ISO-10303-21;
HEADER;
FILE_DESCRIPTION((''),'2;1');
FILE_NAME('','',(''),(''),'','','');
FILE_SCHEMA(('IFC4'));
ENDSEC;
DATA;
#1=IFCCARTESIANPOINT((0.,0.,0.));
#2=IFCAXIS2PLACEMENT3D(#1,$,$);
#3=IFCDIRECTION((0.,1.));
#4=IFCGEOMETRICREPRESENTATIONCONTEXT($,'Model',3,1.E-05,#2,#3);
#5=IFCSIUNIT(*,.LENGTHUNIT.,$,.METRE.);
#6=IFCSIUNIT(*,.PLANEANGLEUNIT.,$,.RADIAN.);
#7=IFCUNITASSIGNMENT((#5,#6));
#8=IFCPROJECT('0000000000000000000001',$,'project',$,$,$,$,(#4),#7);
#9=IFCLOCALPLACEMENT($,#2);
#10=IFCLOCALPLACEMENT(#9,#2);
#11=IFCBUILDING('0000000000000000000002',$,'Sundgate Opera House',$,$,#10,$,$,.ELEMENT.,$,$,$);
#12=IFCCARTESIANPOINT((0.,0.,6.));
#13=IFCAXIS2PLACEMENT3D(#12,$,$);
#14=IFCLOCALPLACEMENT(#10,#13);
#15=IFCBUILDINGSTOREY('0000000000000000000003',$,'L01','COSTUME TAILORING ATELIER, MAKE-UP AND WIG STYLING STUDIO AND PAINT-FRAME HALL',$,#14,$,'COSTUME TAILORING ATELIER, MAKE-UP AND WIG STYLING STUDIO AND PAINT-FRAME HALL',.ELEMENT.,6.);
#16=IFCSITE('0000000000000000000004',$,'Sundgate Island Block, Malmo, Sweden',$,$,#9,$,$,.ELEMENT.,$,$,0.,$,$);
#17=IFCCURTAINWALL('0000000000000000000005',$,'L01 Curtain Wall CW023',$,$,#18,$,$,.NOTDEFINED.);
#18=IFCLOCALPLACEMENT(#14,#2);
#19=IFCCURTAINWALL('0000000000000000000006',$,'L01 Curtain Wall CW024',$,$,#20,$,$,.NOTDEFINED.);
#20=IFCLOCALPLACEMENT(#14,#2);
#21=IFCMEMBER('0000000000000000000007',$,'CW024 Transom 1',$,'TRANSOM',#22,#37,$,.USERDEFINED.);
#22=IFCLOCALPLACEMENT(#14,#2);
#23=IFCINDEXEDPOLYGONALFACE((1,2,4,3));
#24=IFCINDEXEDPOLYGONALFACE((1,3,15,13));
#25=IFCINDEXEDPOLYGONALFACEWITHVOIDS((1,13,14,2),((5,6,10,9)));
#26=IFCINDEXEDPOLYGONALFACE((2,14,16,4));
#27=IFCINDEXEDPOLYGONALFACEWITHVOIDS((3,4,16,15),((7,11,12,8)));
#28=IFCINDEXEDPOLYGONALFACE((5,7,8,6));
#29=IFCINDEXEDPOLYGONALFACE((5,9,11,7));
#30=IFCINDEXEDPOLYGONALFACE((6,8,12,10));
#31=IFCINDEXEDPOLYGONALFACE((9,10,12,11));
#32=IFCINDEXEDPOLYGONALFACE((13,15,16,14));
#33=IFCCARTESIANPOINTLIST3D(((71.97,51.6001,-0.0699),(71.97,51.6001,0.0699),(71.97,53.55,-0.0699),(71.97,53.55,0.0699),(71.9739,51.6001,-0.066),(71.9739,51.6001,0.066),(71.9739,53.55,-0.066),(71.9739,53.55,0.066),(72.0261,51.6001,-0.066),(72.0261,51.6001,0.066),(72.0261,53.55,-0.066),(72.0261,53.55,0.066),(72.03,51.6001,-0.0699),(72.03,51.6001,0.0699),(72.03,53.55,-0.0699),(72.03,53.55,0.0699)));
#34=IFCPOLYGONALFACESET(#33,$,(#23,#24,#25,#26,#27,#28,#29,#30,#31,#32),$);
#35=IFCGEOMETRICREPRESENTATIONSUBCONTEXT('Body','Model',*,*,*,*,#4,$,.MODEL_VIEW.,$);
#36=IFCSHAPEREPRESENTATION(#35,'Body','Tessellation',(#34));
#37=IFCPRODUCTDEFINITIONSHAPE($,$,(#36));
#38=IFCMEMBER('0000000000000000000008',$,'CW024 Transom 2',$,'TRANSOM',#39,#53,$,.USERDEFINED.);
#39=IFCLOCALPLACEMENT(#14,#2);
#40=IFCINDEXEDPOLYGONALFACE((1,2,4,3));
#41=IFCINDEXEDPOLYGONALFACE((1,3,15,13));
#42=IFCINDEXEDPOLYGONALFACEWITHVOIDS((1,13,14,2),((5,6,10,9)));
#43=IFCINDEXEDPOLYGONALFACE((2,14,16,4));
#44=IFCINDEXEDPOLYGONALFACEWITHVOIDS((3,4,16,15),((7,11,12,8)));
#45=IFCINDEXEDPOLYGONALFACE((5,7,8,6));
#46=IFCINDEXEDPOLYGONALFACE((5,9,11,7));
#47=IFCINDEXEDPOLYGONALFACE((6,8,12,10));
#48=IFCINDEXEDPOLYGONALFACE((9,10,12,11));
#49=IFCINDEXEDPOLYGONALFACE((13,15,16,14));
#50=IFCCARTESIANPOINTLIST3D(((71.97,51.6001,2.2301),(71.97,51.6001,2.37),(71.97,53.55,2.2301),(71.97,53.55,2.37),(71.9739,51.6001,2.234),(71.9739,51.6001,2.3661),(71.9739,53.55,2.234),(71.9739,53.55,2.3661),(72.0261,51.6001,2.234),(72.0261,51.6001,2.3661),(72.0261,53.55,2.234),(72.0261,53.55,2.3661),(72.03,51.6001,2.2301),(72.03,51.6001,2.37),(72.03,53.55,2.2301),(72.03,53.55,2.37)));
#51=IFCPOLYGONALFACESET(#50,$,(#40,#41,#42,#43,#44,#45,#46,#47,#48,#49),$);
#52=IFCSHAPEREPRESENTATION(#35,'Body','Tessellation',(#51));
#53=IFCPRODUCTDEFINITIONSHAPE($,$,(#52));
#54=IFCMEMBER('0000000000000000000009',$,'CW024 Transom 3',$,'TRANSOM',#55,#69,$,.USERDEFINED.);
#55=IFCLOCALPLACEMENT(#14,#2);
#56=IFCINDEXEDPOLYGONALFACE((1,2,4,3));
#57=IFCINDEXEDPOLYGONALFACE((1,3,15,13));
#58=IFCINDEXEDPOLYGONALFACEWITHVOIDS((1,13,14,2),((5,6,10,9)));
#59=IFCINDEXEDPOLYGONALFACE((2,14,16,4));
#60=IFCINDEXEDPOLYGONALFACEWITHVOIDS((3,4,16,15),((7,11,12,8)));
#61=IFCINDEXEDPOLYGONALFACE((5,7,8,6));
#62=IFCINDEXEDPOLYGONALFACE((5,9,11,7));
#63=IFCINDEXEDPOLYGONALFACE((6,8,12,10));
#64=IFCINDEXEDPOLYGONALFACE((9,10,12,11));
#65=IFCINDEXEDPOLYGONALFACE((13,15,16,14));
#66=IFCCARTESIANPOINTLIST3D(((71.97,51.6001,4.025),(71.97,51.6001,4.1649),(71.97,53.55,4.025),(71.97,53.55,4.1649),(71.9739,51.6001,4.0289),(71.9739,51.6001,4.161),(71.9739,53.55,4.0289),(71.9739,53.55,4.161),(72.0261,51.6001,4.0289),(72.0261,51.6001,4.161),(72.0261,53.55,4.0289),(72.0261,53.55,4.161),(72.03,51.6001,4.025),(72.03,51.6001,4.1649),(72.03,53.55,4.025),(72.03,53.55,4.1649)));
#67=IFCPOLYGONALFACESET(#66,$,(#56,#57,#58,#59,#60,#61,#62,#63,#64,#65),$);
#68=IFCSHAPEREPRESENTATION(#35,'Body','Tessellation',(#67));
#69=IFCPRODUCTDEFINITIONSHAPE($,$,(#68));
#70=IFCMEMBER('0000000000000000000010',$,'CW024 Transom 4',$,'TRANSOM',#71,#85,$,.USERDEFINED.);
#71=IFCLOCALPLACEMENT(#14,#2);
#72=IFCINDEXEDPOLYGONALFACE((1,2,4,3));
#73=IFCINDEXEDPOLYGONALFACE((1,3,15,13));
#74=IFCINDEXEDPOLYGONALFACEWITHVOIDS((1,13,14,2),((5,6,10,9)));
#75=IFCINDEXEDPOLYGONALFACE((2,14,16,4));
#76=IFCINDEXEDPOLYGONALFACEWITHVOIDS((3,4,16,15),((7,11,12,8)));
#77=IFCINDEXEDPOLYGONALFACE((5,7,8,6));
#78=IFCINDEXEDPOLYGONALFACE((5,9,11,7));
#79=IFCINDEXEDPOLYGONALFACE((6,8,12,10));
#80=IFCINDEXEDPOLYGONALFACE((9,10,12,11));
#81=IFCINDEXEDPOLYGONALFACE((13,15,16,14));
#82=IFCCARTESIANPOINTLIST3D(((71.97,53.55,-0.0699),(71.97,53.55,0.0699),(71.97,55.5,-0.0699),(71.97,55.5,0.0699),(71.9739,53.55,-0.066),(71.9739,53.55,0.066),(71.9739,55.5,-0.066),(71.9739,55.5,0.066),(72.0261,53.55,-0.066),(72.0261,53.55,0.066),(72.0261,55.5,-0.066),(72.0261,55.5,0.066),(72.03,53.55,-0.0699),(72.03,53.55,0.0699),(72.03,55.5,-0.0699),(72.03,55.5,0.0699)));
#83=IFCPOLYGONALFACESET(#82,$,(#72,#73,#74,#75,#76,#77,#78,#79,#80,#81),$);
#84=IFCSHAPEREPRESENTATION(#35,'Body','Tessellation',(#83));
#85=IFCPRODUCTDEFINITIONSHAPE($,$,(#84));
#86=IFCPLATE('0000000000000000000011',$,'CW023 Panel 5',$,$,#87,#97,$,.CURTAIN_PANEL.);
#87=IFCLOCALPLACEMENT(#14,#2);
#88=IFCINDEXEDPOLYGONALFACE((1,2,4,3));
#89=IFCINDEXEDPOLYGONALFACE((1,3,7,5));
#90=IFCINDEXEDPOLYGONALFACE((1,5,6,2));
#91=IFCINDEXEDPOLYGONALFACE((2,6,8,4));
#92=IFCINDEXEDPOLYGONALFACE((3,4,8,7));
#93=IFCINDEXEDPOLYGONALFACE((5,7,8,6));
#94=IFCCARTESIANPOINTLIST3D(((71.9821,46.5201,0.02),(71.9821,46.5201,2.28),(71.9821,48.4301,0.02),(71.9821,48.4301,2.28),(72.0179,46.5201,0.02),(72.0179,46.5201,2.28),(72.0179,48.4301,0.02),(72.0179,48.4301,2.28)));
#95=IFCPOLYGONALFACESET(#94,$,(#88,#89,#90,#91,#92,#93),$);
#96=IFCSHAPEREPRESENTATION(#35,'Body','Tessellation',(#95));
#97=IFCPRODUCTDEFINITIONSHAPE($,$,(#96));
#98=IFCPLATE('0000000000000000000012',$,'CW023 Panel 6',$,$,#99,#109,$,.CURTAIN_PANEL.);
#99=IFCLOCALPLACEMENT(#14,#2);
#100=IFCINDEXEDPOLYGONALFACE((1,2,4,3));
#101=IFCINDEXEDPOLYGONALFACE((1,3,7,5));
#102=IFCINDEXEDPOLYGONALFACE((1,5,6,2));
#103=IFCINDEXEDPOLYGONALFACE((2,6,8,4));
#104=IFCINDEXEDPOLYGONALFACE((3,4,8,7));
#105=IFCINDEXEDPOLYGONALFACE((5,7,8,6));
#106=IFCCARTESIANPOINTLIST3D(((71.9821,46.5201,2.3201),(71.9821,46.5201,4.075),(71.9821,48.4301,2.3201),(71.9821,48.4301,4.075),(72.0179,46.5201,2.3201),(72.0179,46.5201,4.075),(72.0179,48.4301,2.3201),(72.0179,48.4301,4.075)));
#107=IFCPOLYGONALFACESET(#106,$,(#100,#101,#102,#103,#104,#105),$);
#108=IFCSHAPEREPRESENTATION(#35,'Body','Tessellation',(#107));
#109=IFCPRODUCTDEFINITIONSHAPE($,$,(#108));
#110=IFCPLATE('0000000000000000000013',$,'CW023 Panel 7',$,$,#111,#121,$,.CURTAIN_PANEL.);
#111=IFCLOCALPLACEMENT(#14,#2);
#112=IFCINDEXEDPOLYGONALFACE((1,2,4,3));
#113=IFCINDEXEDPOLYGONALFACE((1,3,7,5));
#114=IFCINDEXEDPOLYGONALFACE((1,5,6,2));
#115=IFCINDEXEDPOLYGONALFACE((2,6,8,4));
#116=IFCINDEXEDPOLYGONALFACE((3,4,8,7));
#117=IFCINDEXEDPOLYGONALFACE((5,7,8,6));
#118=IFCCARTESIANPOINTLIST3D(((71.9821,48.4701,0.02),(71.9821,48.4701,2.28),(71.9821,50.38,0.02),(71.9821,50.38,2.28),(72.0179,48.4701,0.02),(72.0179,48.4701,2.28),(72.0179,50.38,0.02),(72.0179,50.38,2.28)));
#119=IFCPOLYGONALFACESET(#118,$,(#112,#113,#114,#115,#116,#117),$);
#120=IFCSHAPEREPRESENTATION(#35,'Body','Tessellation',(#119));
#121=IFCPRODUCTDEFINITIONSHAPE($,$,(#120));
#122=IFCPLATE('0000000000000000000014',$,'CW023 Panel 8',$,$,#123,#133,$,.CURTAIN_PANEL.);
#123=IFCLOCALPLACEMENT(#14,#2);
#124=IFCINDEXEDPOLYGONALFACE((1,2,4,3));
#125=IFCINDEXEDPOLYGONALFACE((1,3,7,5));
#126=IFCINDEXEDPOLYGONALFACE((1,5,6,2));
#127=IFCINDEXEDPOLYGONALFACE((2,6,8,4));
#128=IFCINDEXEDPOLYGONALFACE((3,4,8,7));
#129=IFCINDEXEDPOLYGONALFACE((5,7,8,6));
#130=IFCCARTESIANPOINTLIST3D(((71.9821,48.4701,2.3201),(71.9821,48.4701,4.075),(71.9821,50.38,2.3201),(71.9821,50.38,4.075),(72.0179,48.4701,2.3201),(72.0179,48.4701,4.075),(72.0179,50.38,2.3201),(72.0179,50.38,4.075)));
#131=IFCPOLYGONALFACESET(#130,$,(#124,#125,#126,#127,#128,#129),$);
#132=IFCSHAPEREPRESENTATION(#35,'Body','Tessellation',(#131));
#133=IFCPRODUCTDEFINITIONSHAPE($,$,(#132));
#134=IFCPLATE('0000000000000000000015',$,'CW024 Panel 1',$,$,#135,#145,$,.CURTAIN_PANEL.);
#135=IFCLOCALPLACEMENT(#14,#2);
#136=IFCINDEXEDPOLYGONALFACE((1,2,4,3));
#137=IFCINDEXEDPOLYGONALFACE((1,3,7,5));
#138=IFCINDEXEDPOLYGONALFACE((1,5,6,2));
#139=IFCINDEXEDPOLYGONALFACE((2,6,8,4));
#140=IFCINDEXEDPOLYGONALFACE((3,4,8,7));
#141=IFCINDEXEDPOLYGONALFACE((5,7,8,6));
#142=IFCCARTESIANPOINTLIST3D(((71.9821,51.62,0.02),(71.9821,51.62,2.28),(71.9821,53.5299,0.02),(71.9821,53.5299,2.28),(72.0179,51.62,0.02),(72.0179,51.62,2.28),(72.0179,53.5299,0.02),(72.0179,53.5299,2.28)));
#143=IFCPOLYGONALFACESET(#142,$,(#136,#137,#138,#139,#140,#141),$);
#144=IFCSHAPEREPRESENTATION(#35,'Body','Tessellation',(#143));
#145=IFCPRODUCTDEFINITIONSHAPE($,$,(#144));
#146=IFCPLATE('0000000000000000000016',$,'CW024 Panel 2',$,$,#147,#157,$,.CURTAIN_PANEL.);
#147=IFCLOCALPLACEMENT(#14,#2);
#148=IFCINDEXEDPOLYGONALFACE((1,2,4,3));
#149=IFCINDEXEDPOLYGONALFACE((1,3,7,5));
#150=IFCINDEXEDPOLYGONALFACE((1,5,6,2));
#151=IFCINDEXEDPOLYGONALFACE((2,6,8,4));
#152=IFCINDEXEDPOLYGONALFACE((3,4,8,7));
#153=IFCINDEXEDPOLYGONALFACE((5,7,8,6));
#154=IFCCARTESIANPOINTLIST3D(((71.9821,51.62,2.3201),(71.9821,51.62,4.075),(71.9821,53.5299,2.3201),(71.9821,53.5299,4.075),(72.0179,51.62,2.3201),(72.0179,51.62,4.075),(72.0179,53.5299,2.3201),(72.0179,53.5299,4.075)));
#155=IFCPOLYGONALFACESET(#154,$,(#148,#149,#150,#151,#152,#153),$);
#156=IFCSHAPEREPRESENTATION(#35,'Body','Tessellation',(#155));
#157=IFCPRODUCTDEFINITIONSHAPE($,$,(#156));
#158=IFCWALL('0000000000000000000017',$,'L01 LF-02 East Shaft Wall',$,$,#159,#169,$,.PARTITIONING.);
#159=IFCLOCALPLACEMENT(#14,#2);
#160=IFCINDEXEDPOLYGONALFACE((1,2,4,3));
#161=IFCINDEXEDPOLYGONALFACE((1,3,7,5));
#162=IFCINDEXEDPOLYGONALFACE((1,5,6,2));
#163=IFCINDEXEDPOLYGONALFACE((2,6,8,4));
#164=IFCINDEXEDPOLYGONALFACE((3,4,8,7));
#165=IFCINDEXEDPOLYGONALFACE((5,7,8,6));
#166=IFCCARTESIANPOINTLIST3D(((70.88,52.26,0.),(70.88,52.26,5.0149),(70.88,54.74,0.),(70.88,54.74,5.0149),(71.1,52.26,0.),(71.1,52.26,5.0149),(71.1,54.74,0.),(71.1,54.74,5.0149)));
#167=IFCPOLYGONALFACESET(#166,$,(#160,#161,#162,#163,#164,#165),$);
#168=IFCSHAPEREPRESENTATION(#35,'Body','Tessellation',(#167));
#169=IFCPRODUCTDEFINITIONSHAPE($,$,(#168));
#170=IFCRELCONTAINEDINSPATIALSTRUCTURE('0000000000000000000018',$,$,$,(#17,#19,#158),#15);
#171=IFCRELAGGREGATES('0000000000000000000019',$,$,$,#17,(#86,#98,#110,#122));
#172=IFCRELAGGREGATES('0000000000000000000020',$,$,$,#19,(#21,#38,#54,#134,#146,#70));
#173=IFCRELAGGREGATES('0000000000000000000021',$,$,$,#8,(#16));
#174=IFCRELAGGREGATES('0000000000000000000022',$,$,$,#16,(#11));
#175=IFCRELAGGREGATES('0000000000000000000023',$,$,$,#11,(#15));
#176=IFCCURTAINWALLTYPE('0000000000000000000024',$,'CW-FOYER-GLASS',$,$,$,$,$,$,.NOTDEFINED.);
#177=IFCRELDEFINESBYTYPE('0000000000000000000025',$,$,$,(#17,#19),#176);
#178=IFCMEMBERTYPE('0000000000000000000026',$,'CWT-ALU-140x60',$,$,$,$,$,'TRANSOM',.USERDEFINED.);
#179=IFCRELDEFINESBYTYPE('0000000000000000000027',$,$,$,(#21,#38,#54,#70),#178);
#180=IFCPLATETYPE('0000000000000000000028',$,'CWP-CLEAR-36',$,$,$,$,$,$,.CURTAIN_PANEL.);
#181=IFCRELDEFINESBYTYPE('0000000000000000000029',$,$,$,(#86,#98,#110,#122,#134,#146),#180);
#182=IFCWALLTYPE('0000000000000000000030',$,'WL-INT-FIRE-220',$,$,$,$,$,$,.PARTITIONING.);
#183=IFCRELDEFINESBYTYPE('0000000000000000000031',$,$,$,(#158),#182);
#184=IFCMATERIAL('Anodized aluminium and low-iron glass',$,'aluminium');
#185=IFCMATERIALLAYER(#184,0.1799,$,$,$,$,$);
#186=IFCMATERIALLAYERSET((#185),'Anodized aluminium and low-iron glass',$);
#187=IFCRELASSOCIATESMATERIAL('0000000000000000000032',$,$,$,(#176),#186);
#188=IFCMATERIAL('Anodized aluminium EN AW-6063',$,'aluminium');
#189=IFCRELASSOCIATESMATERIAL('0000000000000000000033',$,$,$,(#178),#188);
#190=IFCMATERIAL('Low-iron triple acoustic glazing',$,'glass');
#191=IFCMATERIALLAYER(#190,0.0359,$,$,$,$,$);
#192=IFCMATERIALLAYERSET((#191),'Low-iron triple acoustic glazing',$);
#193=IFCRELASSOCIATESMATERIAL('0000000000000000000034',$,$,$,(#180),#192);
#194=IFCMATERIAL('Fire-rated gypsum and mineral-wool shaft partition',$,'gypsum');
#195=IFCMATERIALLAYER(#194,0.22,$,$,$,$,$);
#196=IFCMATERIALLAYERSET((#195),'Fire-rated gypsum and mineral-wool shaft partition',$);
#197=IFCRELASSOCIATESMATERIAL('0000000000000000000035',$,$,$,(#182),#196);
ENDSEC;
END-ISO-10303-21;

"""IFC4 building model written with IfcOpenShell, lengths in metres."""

from ifc_helpers import new_model, si_unit, direction, frame, frame_2d, origin, origin_2d, place, context, subcontext, project, spatial, rectangle, hollow_rectangle, extrude, material, layer, layer_set, material_profile, profile_set, type_object, element, aggregate, save


model = new_model("IFC4")

# Units and contexts
model_context = context("Model", 3, precision=1e-05, world=origin(), true_north=direction((0.0, 1.0)))
body_context = subcontext(model_context, "Body", "Model", "MODEL_VIEW")
ifc_project = project(units=[si_unit("LENGTHUNIT", "METRE"), si_unit("PLANEANGLEUNIT", "RADIAN")], contexts=[model_context])

# Site, building, storey
site_placement = place(None, origin())
site = spatial("IfcSite", under=ifc_project, at=site_placement, Name="Sundgate Island Block, Malmo, Sweden", CompositionType="ELEMENT", RefElevation=0.0)
building_placement = place(site_placement, origin())
building = spatial("IfcBuilding", under=site, at=building_placement, Name="Sundgate Opera House", CompositionType="ELEMENT")
storey_placement = place(building_placement, frame((0.0, 0.0, 6.0)))
storey = spatial("IfcBuildingStorey", under=building, at=storey_placement, Name="L01", Description="COSTUME TAILORING ATELIER, MAKE-UP AND WIG STYLING STUDIO AND PAINT-FRAME HALL", LongName="COSTUME TAILORING ATELIER, MAKE-UP AND WIG STYLING STUDIO AND PAINT-FRAME HALL", CompositionType="ELEMENT", Elevation=6.0)

# Curtain walls
ifc_material_1 = material(Name="Anodized aluminium and low-iron glass", Category="aluminium")
ifc_layer_1 = layer(ifc_material_1, 0.1799)
ifc_layer_set_1 = layer_set([ifc_layer_1], Name="Anodized aluminium and low-iron glass")
curtain_wall_type = type_object("IfcCurtainWallType", Name="CW-FOYER-GLASS", PredefinedType="NOTDEFINED", material=ifc_layer_set_1)
curtain_wall_1_placement = place(storey_placement, origin())
curtain_wall_1 = element("IfcCurtainWall", 1, at=curtain_wall_1_placement, inside=storey, type_object=curtain_wall_type, Name="L01 Curtain Wall CW023", PredefinedType="NOTDEFINED")
curtain_wall_2_placement = place(storey_placement, origin())
curtain_wall_2 = element("IfcCurtainWall", 2, at=curtain_wall_2_placement, inside=storey, type_object=curtain_wall_type, Name="L01 Curtain Wall CW024", PredefinedType="NOTDEFINED")

# Members
ifc_material_2 = material(Name="Anodized aluminium EN AW-6063", Category="aluminium")
ifc_material_profile_1 = material_profile(ifc_material_2, hollow_rectangle(XDim=0.0601, YDim=0.1399, WallThickness=0.0039, at=origin_2d()), Name="CWT 140x60x4")
ifc_profile_set_1 = profile_set([ifc_material_profile_1], Name="Anodized aluminium EN AW-6063")
member_type_1 = type_object("IfcMemberType", Name="CWT-ALU-140x60", ElementType="TRANSOM", PredefinedType="USERDEFINED", material=ifc_profile_set_1)
member_1_placement = place(storey_placement, frame((72.0, 51.6001, 0.0), z_axis=(0.0, 1.0, 0.0), x_axis=(-1.0, 0.0, 0.0)))
member_1 = element("IfcMember", 3, at=member_1_placement, type_object=member_type_1, Name="CW024 Transom 1", ObjectType="TRANSOM", PredefinedType="USERDEFINED", context=body_context, shape_type="SweptSolid", body=[
    extrude(hollow_rectangle(XDim=0.0601, YDim=0.1399, WallThickness=0.0039, at=origin_2d()), origin(), (0.0, 0.0, 1.0), 1.95),
])
member_2_placement = place(storey_placement, frame((72.0, 51.6001, 2.3), z_axis=(0.0, 1.0, 0.0), x_axis=(-1.0, 0.0, 0.0)))
member_2 = element("IfcMember", 4, at=member_2_placement, type_object=member_type_1, Name="CW024 Transom 2", ObjectType="TRANSOM", PredefinedType="USERDEFINED", context=body_context, shape_type="SweptSolid", body=[
    extrude(hollow_rectangle(XDim=0.0601, YDim=0.1399, WallThickness=0.0039, at=origin_2d()), origin(), (0.0, 0.0, 1.0), 1.95),
])
member_3_placement = place(storey_placement, frame((72.0, 51.6001, 4.095), z_axis=(0.0, 1.0, 0.0), x_axis=(-1.0, 0.0, 0.0)))
member_3 = element("IfcMember", 5, at=member_3_placement, type_object=member_type_1, Name="CW024 Transom 3", ObjectType="TRANSOM", PredefinedType="USERDEFINED", context=body_context, shape_type="SweptSolid", body=[
    extrude(hollow_rectangle(XDim=0.0601, YDim=0.1399, WallThickness=0.0039, at=origin_2d()), origin(), (0.0, 0.0, 1.0), 1.95),
])
member_4_placement = place(storey_placement, frame((72.0, 53.55, 0.0), z_axis=(0.0, 1.0, 0.0), x_axis=(-1.0, 0.0, 0.0)))
member_4 = element("IfcMember", 6, at=member_4_placement, type_object=member_type_1, Name="CW024 Transom 4", ObjectType="TRANSOM", PredefinedType="USERDEFINED", context=body_context, shape_type="SweptSolid", body=[
    extrude(hollow_rectangle(XDim=0.0601, YDim=0.1399, WallThickness=0.0039, at=origin_2d()), origin(), (0.0, 0.0, 1.0), 1.95),
])

# Plates
ifc_material_3 = material(Name="Low-iron triple acoustic glazing", Category="glass")
ifc_layer_2 = layer(ifc_material_3, 0.0359)
ifc_layer_set_2 = layer_set([ifc_layer_2], Name="Low-iron triple acoustic glazing")
plate_type = type_object("IfcPlateType", Name="CWP-CLEAR-36", PredefinedType="CURTAIN_PANEL", material=ifc_layer_set_2)
plate_1_placement = place(storey_placement, frame((72.0, 47.4751, 0.02), z_axis=(0.0, 0.0, 1.0), x_axis=(0.0, 1.0, 0.0)))
plate_1 = element("IfcPlate", 7, at=plate_1_placement, type_object=plate_type, Name="CW023 Panel 5", PredefinedType="CURTAIN_PANEL", context=body_context, shape_type="SweptSolid", body=[
    extrude(rectangle(XDim=1.9099, YDim=0.0359, at=origin_2d()), origin(), (0.0, 0.0, 1.0), 2.26),
])
plate_2_placement = place(storey_placement, frame((72.0, 47.4751, 2.3201), z_axis=(0.0, 0.0, 1.0), x_axis=(0.0, 1.0, 0.0)))
plate_2 = element("IfcPlate", 8, at=plate_2_placement, type_object=plate_type, Name="CW023 Panel 6", PredefinedType="CURTAIN_PANEL", context=body_context, shape_type="SweptSolid", body=[
    extrude(rectangle(XDim=1.9099, YDim=0.0359, at=origin_2d()), origin(), (0.0, 0.0, 1.0), 1.7549),
])
plate_3_placement = place(storey_placement, frame((72.0, 49.425, 0.02), z_axis=(0.0, 0.0, 1.0), x_axis=(0.0, 1.0, 0.0)))
plate_3 = element("IfcPlate", 9, at=plate_3_placement, type_object=plate_type, Name="CW023 Panel 7", PredefinedType="CURTAIN_PANEL", context=body_context, shape_type="SweptSolid", body=[
    extrude(rectangle(XDim=1.9099, YDim=0.0359, at=origin_2d()), origin(), (0.0, 0.0, 1.0), 2.26),
])
plate_4_placement = place(storey_placement, frame((72.0, 49.425, 2.3201), z_axis=(0.0, 0.0, 1.0), x_axis=(0.0, 1.0, 0.0)))
plate_4 = element("IfcPlate", 10, at=plate_4_placement, type_object=plate_type, Name="CW023 Panel 8", PredefinedType="CURTAIN_PANEL", context=body_context, shape_type="SweptSolid", body=[
    extrude(rectangle(XDim=1.9099, YDim=0.0359, at=origin_2d()), origin(), (0.0, 0.0, 1.0), 1.7549),
])
aggregate(curtain_wall_1, [plate_1, plate_2, plate_3, plate_4])
plate_5_placement = place(storey_placement, frame((72.0, 52.575, 0.02), z_axis=(0.0, 0.0, 1.0), x_axis=(0.0, 1.0, 0.0)))
plate_5 = element("IfcPlate", 11, at=plate_5_placement, type_object=plate_type, Name="CW024 Panel 1", PredefinedType="CURTAIN_PANEL", context=body_context, shape_type="SweptSolid", body=[
    extrude(rectangle(XDim=1.9099, YDim=0.0359, at=origin_2d()), origin(), (0.0, 0.0, 1.0), 2.26),
])
plate_6_placement = place(storey_placement, frame((72.0, 52.575, 2.3201), z_axis=(0.0, 0.0, 1.0), x_axis=(0.0, 1.0, 0.0)))
plate_6 = element("IfcPlate", 12, at=plate_6_placement, type_object=plate_type, Name="CW024 Panel 2", PredefinedType="CURTAIN_PANEL", context=body_context, shape_type="SweptSolid", body=[
    extrude(rectangle(XDim=1.9099, YDim=0.0359, at=origin_2d()), origin(), (0.0, 0.0, 1.0), 1.7549),
])
aggregate(curtain_wall_2, [member_1, member_2, member_3, plate_5, plate_6, member_4])

# Wall
ifc_material_4 = material(Name="Fire-rated gypsum and mineral-wool shaft partition", Category="gypsum")
ifc_layer_3 = layer(ifc_material_4, 0.22)
ifc_layer_set_3 = layer_set([ifc_layer_3], Name="Fire-rated gypsum and mineral-wool shaft partition")
wall_type = type_object("IfcWallType", Name="WL-INT-FIRE-220", PredefinedType="PARTITIONING", material=ifc_layer_set_3)
wall_placement = place(storey_placement, frame((70.99, 52.26, 0.0), z_axis=(0.0, 0.0, 1.0), x_axis=(0.0, 1.0, 0.0)))
element("IfcWall", 13, at=wall_placement, inside=storey, type_object=wall_type, Name="L01 LF-02 East Shaft Wall", PredefinedType="PARTITIONING", context=body_context, shape_type="SweptSolid", body=[
    extrude(rectangle(XDim=2.48, YDim=0.22, at=frame_2d((1.24, 0.0))), origin(), (0.0, 0.0, 1.0), 5.0149),
])

save(model, "model.ifc")
